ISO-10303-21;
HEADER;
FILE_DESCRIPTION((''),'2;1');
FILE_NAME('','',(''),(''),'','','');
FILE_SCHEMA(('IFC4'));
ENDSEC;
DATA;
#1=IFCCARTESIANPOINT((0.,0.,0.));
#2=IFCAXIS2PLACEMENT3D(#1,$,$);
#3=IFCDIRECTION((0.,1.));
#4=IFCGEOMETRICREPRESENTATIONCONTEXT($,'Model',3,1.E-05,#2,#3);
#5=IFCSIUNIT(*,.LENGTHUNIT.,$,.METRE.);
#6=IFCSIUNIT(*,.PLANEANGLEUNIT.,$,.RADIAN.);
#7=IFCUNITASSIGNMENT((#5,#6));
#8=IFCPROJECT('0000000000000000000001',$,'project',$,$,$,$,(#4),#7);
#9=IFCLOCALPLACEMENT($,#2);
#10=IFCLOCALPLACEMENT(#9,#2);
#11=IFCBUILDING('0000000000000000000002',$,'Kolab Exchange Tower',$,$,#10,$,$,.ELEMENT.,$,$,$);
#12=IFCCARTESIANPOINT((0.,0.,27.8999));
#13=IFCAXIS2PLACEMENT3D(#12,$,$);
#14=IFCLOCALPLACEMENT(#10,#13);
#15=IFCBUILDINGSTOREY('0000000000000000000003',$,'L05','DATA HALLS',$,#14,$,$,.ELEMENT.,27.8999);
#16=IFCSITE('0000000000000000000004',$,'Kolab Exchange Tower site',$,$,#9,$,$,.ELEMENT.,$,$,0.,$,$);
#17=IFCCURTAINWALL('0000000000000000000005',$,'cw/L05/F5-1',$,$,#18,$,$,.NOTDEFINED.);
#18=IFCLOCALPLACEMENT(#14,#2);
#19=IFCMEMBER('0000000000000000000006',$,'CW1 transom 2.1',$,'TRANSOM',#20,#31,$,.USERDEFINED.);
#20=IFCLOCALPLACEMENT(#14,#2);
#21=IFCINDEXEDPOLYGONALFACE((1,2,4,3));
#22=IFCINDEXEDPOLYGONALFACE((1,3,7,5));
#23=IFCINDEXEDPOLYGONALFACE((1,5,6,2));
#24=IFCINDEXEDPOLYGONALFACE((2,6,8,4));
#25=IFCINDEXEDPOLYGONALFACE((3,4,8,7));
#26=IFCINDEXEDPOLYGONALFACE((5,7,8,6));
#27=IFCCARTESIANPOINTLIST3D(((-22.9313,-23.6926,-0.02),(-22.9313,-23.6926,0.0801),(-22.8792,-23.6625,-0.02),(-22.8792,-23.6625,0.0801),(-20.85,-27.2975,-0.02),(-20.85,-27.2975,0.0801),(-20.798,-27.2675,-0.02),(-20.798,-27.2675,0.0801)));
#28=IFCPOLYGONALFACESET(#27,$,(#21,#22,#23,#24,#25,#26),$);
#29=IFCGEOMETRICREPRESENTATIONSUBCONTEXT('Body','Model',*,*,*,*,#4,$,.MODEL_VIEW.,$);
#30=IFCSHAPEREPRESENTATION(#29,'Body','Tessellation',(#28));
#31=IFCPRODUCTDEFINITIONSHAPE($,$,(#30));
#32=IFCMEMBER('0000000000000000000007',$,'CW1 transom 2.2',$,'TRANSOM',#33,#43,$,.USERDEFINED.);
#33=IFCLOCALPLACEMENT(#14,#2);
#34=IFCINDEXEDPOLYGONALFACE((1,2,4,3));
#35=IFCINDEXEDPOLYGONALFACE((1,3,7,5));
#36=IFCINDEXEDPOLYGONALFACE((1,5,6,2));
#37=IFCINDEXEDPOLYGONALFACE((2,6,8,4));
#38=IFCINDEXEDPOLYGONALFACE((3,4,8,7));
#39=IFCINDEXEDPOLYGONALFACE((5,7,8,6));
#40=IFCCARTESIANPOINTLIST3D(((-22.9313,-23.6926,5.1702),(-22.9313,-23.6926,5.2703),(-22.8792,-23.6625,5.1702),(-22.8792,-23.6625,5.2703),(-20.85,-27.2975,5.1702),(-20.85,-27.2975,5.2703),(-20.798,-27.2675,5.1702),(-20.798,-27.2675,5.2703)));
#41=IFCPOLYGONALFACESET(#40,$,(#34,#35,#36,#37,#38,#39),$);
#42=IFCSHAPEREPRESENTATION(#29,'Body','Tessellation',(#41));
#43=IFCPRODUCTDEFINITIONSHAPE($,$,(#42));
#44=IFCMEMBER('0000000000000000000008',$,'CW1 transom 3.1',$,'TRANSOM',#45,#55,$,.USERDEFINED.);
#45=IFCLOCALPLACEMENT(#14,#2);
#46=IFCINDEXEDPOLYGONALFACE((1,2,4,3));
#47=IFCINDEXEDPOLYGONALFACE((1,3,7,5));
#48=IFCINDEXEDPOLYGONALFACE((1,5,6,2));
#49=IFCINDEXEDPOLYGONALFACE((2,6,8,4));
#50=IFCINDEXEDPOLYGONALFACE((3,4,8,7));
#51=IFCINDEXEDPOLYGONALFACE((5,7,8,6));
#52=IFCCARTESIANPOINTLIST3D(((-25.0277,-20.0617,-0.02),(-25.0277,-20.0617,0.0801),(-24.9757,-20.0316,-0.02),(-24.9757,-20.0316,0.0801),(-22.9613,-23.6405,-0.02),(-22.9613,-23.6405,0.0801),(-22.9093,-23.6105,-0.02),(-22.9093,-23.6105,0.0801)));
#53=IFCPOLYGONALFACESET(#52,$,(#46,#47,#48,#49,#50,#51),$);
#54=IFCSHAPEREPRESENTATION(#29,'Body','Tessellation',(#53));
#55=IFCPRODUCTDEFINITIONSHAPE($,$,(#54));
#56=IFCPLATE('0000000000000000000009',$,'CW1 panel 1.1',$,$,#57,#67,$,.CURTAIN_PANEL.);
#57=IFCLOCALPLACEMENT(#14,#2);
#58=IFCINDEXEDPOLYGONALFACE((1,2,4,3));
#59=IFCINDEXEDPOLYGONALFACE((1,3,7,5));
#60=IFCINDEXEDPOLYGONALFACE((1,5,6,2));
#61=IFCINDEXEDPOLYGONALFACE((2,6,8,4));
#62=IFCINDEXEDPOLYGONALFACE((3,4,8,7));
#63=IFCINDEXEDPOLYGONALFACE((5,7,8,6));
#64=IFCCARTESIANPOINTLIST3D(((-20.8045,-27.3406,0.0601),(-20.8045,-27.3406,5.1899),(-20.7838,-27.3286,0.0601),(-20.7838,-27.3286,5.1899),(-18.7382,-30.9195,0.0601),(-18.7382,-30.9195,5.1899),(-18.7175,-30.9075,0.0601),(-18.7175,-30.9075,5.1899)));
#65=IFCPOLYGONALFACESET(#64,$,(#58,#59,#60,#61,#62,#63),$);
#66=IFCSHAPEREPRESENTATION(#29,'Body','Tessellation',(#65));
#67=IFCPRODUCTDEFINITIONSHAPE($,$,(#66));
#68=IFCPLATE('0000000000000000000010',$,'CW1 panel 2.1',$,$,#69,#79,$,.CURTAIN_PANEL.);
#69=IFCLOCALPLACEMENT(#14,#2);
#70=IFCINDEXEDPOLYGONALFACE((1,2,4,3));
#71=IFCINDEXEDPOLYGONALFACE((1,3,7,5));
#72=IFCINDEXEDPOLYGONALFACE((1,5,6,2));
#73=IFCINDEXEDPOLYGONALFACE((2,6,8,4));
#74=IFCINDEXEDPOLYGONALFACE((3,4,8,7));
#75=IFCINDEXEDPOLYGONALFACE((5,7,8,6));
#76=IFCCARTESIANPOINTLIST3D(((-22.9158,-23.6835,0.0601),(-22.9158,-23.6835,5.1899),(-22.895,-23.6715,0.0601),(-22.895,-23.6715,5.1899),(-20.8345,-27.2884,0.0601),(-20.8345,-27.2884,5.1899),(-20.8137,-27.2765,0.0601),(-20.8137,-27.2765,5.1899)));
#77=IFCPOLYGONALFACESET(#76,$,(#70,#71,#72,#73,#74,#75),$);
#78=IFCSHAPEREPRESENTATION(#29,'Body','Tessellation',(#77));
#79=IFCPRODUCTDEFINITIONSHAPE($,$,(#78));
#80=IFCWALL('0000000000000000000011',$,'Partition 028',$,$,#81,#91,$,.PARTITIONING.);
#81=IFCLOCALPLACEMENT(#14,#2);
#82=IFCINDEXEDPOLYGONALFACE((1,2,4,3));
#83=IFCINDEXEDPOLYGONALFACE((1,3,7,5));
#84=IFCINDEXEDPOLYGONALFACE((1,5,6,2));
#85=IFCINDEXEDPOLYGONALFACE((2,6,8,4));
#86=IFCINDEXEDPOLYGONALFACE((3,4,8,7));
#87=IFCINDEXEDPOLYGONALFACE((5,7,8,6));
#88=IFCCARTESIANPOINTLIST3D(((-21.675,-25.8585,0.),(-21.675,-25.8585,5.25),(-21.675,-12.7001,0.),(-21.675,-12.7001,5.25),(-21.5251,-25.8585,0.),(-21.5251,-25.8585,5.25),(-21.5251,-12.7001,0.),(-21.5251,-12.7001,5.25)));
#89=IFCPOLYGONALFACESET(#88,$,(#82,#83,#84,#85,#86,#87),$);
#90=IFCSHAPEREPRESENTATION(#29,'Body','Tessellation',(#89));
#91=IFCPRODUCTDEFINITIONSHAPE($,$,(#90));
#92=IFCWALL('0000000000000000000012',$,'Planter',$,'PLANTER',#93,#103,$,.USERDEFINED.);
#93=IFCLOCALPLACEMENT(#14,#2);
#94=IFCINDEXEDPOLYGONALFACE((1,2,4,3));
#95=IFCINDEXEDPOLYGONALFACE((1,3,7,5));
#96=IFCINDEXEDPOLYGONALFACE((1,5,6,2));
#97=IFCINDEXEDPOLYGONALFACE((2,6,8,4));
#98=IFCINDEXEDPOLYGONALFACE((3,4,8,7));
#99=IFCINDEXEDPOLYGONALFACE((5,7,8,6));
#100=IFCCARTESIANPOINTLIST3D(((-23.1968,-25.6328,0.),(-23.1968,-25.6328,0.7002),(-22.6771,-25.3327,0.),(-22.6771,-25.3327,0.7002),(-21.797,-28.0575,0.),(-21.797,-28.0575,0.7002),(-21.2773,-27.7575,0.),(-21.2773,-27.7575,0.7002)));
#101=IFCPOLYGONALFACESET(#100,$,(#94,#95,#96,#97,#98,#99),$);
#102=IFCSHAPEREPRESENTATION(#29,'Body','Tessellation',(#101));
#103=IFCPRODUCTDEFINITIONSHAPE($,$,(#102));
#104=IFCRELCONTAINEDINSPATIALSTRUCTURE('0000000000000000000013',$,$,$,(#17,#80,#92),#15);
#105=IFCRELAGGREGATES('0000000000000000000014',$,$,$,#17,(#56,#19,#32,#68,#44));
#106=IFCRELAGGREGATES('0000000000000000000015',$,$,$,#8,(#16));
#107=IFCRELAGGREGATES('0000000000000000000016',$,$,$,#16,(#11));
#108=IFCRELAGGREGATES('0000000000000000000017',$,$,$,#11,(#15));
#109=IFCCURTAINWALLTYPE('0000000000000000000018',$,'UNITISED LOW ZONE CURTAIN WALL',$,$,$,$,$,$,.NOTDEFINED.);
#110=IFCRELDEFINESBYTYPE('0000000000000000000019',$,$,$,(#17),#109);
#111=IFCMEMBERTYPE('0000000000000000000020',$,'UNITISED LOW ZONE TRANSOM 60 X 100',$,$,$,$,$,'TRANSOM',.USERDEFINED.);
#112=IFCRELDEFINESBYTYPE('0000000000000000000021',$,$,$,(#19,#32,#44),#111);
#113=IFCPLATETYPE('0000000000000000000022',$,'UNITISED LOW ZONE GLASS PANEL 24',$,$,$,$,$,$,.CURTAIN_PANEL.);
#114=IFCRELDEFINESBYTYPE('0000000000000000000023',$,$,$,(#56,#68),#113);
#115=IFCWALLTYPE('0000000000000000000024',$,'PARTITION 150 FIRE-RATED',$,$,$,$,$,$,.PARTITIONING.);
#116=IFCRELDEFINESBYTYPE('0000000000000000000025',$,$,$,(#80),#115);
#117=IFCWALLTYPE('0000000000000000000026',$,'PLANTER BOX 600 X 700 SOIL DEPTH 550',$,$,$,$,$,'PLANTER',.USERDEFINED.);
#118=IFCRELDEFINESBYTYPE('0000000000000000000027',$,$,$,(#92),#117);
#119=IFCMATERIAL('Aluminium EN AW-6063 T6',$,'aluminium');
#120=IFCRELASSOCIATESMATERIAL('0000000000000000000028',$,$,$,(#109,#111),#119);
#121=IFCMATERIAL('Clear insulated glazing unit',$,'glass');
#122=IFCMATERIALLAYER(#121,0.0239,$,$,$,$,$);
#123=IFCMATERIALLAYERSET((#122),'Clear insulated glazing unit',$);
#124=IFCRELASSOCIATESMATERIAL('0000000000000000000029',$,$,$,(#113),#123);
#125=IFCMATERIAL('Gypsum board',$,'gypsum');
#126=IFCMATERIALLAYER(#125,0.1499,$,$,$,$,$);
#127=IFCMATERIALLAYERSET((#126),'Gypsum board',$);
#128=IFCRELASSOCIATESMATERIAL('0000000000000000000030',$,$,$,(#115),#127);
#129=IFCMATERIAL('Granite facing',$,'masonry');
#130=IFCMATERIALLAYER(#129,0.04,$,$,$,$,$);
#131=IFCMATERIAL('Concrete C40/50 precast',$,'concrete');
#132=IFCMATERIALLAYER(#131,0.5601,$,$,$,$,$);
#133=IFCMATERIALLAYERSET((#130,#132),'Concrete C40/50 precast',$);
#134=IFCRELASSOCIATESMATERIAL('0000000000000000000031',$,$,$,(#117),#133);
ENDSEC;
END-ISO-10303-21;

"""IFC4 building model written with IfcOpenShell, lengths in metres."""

from ifc_helpers import new_model, si_unit, direction, frame, frame_2d, origin, origin_2d, place, context, subcontext, project, spatial, rectangle, extrude, material, layer, layer_set, material_profile, profile_set, type_object, element, aggregate, save


model = new_model("IFC4")

# Units and contexts
model_context = context("Model", 3, precision=1e-05, world=origin(), true_north=direction((0.0, 1.0)))
body_context = subcontext(model_context, "Body", "Model", "MODEL_VIEW")
ifc_project = project(units=[si_unit("LENGTHUNIT", "METRE"), si_unit("PLANEANGLEUNIT", "RADIAN")], contexts=[model_context])

# Site, building, storey
site_placement = place(None, origin())
site = spatial("IfcSite", under=ifc_project, at=site_placement, Name="Kolab Exchange Tower site", CompositionType="ELEMENT", RefElevation=0.0)
building_placement = place(site_placement, origin())
building = spatial("IfcBuilding", under=site, at=building_placement, Name="Kolab Exchange Tower", CompositionType="ELEMENT")
storey_placement = place(building_placement, frame((0.0, 0.0, 27.8999)))
storey = spatial("IfcBuildingStorey", under=building, at=storey_placement, Name="L05", Description="DATA HALLS", CompositionType="ELEMENT", Elevation=27.8999)

# Curtain wall
ifc_material_1 = material(Name="Aluminium EN AW-6063 T6", Category="aluminium")
curtain_wall_type = type_object("IfcCurtainWallType", Name="UNITISED LOW ZONE CURTAIN WALL", PredefinedType="NOTDEFINED", material=ifc_material_1)
curtain_wall_1_placement = place(storey_placement, origin())
curtain_wall_1 = element("IfcCurtainWall", 1, at=curtain_wall_1_placement, inside=storey, type_object=curtain_wall_type, Name="cw/L05/F5-1", PredefinedType="NOTDEFINED")

# Members
ifc_material_profile_1 = material_profile(ifc_material_1, rectangle(XDim=0.0601, YDim=0.1001, at=origin_2d()), Name="RECT 60X100")
ifc_profile_set_1 = profile_set([ifc_material_profile_1], Name="Aluminium EN AW-6063 T6")
member_type_1 = type_object("IfcMemberType", Name="UNITISED LOW ZONE TRANSOM 60 X 100", ElementType="TRANSOM", PredefinedType="USERDEFINED", material=ifc_profile_set_1)
member_1_placement = place(storey_placement, frame((-20.824, -27.2825, 0.03), z_axis=(-0.499993, 0.866029, 0.0), x_axis=(-0.866029, -0.499993, 0.0)))
member_1 = element("IfcMember", 2, at=member_1_placement, type_object=member_type_1, Name="CW1 transom 2.1", ObjectType="TRANSOM", PredefinedType="USERDEFINED", context=body_context, shape_type="SweptSolid", body=[
    extrude(rectangle(XDim=0.0601, YDim=0.1001, at=origin_2d()), origin(), (0.0, 0.0, 1.0), 4.1626),
])
member_2_placement = place(storey_placement, frame((-20.824, -27.2825, 5.2202), z_axis=(-0.499993, 0.866029, 0.0), x_axis=(-0.866029, -0.499993, 0.0)))
member_2 = element("IfcMember", 3, at=member_2_placement, type_object=member_type_1, Name="CW1 transom 2.2", ObjectType="TRANSOM", PredefinedType="USERDEFINED", context=body_context, shape_type="SweptSolid", body=[
    extrude(rectangle(XDim=0.0601, YDim=0.1001, at=origin_2d()), origin(), (0.0, 0.0, 1.0), 4.1626),
])
member_3_placement = place(storey_placement, frame((-22.9353, -23.6255, 0.03), z_axis=(-0.500028, 0.866009, 0.0), x_axis=(-0.866009, -0.500028, 0.0)))
member_3 = element("IfcMember", 4, at=member_3_placement, type_object=member_type_1, Name="CW1 transom 3.1", ObjectType="TRANSOM", PredefinedType="USERDEFINED", context=body_context, shape_type="SweptSolid", body=[
    extrude(rectangle(XDim=0.0601, YDim=0.1001, at=origin_2d()), origin(), (0.0, 0.0, 1.0), 4.1326),
])

# Plates
ifc_material_2 = material(Name="Clear insulated glazing unit", Category="glass")
ifc_layer_1 = layer(ifc_material_2, 0.0239)
ifc_layer_set_1 = layer_set([ifc_layer_1], Name="Clear insulated glazing unit")
plate_type = type_object("IfcPlateType", Name="UNITISED LOW ZONE GLASS PANEL 24", PredefinedType="CURTAIN_PANEL", material=ifc_layer_set_1)
plate_1_placement = place(storey_placement, frame((-19.761, -29.124, 0.0601), z_axis=(0.0, 0.0, 1.0), x_axis=(-0.5, 0.866025, 0.0)))
plate_1 = element("IfcPlate", 5, at=plate_1_placement, type_object=plate_type, Name="CW1 panel 1.1", PredefinedType="CURTAIN_PANEL", context=body_context, shape_type="SweptSolid", body=[
    extrude(rectangle(XDim=4.1326, YDim=0.0239, at=origin_2d()), origin(), (0.0, 0.0, 1.0), 5.1299),
])
plate_2_placement = place(storey_placement, frame((-21.8647, -25.48, 0.0601), z_axis=(0.0, 0.0, 1.0), x_axis=(-0.5, 0.866025, 0.0)))
plate_2 = element("IfcPlate", 6, at=plate_2_placement, type_object=plate_type, Name="CW1 panel 2.1", PredefinedType="CURTAIN_PANEL", context=body_context, shape_type="SweptSolid", body=[
    extrude(rectangle(XDim=4.1626, YDim=0.0239, at=origin_2d()), origin(), (0.0, 0.0, 1.0), 5.1299),
])
aggregate(curtain_wall_1, [plate_1, member_1, member_2, plate_2, member_3])

# Walls
ifc_material_3 = material(Name="Gypsum board", Category="gypsum")
ifc_layer_2 = layer(ifc_material_3, 0.1499)
ifc_layer_set_2 = layer_set([ifc_layer_2], Name="Gypsum board")
wall_type_1 = type_object("IfcWallType", Name="PARTITION 150 FIRE-RATED", PredefinedType="PARTITIONING", material=ifc_layer_set_2)
wall_1_placement = place(storey_placement, frame((-21.6001, -25.8584, 0.0), z_axis=(0.0, 0.0, 1.0), x_axis=(0.0, 1.0, 0.0)))
element("IfcWall", 7, at=wall_1_placement, inside=storey, type_object=wall_type_1, Name="Partition 028", PredefinedType="PARTITIONING", context=body_context, shape_type="SweptSolid", body=[
    extrude(rectangle(XDim=13.1584, YDim=0.1499, at=frame_2d((6.5791, 0.0))), origin(), (0.0, 0.0, 1.0), 5.25),
])
ifc_material_4 = material(Name="Granite facing", Category="masonry")
ifc_layer_3 = layer(ifc_material_4, 0.04)
ifc_material_5 = material(Name="Concrete C40/50 precast", Category="concrete")
ifc_layer_4 = layer(ifc_material_5, 0.5601)
ifc_layer_set_3 = layer_set([ifc_layer_3, ifc_layer_4], Name="Concrete C40/50 precast")
wall_type_2 = type_object("IfcWallType", Name="PLANTER BOX 600 X 700 SOIL DEPTH 550", ElementType="PLANTER", PredefinedType="USERDEFINED", material=ifc_layer_set_3)
wall_2_placement = place(storey_placement, frame((-21.5371, -27.9075, 0.0), z_axis=(0.0, 0.0, 1.0), x_axis=(-0.499984, 0.866035, 0.0)))
element("IfcWall", 8, at=wall_2_placement, inside=storey, type_object=wall_type_2, Name="Planter", ObjectType="PLANTER", PredefinedType="USERDEFINED", context=body_context, shape_type="SweptSolid", body=[
    extrude(rectangle(XDim=2.7998, YDim=0.6001, at=frame_2d((1.3999, 0.0))), origin(), (0.0, 0.0, 1.0), 0.7002),
])

save(model, "model.ifc")
